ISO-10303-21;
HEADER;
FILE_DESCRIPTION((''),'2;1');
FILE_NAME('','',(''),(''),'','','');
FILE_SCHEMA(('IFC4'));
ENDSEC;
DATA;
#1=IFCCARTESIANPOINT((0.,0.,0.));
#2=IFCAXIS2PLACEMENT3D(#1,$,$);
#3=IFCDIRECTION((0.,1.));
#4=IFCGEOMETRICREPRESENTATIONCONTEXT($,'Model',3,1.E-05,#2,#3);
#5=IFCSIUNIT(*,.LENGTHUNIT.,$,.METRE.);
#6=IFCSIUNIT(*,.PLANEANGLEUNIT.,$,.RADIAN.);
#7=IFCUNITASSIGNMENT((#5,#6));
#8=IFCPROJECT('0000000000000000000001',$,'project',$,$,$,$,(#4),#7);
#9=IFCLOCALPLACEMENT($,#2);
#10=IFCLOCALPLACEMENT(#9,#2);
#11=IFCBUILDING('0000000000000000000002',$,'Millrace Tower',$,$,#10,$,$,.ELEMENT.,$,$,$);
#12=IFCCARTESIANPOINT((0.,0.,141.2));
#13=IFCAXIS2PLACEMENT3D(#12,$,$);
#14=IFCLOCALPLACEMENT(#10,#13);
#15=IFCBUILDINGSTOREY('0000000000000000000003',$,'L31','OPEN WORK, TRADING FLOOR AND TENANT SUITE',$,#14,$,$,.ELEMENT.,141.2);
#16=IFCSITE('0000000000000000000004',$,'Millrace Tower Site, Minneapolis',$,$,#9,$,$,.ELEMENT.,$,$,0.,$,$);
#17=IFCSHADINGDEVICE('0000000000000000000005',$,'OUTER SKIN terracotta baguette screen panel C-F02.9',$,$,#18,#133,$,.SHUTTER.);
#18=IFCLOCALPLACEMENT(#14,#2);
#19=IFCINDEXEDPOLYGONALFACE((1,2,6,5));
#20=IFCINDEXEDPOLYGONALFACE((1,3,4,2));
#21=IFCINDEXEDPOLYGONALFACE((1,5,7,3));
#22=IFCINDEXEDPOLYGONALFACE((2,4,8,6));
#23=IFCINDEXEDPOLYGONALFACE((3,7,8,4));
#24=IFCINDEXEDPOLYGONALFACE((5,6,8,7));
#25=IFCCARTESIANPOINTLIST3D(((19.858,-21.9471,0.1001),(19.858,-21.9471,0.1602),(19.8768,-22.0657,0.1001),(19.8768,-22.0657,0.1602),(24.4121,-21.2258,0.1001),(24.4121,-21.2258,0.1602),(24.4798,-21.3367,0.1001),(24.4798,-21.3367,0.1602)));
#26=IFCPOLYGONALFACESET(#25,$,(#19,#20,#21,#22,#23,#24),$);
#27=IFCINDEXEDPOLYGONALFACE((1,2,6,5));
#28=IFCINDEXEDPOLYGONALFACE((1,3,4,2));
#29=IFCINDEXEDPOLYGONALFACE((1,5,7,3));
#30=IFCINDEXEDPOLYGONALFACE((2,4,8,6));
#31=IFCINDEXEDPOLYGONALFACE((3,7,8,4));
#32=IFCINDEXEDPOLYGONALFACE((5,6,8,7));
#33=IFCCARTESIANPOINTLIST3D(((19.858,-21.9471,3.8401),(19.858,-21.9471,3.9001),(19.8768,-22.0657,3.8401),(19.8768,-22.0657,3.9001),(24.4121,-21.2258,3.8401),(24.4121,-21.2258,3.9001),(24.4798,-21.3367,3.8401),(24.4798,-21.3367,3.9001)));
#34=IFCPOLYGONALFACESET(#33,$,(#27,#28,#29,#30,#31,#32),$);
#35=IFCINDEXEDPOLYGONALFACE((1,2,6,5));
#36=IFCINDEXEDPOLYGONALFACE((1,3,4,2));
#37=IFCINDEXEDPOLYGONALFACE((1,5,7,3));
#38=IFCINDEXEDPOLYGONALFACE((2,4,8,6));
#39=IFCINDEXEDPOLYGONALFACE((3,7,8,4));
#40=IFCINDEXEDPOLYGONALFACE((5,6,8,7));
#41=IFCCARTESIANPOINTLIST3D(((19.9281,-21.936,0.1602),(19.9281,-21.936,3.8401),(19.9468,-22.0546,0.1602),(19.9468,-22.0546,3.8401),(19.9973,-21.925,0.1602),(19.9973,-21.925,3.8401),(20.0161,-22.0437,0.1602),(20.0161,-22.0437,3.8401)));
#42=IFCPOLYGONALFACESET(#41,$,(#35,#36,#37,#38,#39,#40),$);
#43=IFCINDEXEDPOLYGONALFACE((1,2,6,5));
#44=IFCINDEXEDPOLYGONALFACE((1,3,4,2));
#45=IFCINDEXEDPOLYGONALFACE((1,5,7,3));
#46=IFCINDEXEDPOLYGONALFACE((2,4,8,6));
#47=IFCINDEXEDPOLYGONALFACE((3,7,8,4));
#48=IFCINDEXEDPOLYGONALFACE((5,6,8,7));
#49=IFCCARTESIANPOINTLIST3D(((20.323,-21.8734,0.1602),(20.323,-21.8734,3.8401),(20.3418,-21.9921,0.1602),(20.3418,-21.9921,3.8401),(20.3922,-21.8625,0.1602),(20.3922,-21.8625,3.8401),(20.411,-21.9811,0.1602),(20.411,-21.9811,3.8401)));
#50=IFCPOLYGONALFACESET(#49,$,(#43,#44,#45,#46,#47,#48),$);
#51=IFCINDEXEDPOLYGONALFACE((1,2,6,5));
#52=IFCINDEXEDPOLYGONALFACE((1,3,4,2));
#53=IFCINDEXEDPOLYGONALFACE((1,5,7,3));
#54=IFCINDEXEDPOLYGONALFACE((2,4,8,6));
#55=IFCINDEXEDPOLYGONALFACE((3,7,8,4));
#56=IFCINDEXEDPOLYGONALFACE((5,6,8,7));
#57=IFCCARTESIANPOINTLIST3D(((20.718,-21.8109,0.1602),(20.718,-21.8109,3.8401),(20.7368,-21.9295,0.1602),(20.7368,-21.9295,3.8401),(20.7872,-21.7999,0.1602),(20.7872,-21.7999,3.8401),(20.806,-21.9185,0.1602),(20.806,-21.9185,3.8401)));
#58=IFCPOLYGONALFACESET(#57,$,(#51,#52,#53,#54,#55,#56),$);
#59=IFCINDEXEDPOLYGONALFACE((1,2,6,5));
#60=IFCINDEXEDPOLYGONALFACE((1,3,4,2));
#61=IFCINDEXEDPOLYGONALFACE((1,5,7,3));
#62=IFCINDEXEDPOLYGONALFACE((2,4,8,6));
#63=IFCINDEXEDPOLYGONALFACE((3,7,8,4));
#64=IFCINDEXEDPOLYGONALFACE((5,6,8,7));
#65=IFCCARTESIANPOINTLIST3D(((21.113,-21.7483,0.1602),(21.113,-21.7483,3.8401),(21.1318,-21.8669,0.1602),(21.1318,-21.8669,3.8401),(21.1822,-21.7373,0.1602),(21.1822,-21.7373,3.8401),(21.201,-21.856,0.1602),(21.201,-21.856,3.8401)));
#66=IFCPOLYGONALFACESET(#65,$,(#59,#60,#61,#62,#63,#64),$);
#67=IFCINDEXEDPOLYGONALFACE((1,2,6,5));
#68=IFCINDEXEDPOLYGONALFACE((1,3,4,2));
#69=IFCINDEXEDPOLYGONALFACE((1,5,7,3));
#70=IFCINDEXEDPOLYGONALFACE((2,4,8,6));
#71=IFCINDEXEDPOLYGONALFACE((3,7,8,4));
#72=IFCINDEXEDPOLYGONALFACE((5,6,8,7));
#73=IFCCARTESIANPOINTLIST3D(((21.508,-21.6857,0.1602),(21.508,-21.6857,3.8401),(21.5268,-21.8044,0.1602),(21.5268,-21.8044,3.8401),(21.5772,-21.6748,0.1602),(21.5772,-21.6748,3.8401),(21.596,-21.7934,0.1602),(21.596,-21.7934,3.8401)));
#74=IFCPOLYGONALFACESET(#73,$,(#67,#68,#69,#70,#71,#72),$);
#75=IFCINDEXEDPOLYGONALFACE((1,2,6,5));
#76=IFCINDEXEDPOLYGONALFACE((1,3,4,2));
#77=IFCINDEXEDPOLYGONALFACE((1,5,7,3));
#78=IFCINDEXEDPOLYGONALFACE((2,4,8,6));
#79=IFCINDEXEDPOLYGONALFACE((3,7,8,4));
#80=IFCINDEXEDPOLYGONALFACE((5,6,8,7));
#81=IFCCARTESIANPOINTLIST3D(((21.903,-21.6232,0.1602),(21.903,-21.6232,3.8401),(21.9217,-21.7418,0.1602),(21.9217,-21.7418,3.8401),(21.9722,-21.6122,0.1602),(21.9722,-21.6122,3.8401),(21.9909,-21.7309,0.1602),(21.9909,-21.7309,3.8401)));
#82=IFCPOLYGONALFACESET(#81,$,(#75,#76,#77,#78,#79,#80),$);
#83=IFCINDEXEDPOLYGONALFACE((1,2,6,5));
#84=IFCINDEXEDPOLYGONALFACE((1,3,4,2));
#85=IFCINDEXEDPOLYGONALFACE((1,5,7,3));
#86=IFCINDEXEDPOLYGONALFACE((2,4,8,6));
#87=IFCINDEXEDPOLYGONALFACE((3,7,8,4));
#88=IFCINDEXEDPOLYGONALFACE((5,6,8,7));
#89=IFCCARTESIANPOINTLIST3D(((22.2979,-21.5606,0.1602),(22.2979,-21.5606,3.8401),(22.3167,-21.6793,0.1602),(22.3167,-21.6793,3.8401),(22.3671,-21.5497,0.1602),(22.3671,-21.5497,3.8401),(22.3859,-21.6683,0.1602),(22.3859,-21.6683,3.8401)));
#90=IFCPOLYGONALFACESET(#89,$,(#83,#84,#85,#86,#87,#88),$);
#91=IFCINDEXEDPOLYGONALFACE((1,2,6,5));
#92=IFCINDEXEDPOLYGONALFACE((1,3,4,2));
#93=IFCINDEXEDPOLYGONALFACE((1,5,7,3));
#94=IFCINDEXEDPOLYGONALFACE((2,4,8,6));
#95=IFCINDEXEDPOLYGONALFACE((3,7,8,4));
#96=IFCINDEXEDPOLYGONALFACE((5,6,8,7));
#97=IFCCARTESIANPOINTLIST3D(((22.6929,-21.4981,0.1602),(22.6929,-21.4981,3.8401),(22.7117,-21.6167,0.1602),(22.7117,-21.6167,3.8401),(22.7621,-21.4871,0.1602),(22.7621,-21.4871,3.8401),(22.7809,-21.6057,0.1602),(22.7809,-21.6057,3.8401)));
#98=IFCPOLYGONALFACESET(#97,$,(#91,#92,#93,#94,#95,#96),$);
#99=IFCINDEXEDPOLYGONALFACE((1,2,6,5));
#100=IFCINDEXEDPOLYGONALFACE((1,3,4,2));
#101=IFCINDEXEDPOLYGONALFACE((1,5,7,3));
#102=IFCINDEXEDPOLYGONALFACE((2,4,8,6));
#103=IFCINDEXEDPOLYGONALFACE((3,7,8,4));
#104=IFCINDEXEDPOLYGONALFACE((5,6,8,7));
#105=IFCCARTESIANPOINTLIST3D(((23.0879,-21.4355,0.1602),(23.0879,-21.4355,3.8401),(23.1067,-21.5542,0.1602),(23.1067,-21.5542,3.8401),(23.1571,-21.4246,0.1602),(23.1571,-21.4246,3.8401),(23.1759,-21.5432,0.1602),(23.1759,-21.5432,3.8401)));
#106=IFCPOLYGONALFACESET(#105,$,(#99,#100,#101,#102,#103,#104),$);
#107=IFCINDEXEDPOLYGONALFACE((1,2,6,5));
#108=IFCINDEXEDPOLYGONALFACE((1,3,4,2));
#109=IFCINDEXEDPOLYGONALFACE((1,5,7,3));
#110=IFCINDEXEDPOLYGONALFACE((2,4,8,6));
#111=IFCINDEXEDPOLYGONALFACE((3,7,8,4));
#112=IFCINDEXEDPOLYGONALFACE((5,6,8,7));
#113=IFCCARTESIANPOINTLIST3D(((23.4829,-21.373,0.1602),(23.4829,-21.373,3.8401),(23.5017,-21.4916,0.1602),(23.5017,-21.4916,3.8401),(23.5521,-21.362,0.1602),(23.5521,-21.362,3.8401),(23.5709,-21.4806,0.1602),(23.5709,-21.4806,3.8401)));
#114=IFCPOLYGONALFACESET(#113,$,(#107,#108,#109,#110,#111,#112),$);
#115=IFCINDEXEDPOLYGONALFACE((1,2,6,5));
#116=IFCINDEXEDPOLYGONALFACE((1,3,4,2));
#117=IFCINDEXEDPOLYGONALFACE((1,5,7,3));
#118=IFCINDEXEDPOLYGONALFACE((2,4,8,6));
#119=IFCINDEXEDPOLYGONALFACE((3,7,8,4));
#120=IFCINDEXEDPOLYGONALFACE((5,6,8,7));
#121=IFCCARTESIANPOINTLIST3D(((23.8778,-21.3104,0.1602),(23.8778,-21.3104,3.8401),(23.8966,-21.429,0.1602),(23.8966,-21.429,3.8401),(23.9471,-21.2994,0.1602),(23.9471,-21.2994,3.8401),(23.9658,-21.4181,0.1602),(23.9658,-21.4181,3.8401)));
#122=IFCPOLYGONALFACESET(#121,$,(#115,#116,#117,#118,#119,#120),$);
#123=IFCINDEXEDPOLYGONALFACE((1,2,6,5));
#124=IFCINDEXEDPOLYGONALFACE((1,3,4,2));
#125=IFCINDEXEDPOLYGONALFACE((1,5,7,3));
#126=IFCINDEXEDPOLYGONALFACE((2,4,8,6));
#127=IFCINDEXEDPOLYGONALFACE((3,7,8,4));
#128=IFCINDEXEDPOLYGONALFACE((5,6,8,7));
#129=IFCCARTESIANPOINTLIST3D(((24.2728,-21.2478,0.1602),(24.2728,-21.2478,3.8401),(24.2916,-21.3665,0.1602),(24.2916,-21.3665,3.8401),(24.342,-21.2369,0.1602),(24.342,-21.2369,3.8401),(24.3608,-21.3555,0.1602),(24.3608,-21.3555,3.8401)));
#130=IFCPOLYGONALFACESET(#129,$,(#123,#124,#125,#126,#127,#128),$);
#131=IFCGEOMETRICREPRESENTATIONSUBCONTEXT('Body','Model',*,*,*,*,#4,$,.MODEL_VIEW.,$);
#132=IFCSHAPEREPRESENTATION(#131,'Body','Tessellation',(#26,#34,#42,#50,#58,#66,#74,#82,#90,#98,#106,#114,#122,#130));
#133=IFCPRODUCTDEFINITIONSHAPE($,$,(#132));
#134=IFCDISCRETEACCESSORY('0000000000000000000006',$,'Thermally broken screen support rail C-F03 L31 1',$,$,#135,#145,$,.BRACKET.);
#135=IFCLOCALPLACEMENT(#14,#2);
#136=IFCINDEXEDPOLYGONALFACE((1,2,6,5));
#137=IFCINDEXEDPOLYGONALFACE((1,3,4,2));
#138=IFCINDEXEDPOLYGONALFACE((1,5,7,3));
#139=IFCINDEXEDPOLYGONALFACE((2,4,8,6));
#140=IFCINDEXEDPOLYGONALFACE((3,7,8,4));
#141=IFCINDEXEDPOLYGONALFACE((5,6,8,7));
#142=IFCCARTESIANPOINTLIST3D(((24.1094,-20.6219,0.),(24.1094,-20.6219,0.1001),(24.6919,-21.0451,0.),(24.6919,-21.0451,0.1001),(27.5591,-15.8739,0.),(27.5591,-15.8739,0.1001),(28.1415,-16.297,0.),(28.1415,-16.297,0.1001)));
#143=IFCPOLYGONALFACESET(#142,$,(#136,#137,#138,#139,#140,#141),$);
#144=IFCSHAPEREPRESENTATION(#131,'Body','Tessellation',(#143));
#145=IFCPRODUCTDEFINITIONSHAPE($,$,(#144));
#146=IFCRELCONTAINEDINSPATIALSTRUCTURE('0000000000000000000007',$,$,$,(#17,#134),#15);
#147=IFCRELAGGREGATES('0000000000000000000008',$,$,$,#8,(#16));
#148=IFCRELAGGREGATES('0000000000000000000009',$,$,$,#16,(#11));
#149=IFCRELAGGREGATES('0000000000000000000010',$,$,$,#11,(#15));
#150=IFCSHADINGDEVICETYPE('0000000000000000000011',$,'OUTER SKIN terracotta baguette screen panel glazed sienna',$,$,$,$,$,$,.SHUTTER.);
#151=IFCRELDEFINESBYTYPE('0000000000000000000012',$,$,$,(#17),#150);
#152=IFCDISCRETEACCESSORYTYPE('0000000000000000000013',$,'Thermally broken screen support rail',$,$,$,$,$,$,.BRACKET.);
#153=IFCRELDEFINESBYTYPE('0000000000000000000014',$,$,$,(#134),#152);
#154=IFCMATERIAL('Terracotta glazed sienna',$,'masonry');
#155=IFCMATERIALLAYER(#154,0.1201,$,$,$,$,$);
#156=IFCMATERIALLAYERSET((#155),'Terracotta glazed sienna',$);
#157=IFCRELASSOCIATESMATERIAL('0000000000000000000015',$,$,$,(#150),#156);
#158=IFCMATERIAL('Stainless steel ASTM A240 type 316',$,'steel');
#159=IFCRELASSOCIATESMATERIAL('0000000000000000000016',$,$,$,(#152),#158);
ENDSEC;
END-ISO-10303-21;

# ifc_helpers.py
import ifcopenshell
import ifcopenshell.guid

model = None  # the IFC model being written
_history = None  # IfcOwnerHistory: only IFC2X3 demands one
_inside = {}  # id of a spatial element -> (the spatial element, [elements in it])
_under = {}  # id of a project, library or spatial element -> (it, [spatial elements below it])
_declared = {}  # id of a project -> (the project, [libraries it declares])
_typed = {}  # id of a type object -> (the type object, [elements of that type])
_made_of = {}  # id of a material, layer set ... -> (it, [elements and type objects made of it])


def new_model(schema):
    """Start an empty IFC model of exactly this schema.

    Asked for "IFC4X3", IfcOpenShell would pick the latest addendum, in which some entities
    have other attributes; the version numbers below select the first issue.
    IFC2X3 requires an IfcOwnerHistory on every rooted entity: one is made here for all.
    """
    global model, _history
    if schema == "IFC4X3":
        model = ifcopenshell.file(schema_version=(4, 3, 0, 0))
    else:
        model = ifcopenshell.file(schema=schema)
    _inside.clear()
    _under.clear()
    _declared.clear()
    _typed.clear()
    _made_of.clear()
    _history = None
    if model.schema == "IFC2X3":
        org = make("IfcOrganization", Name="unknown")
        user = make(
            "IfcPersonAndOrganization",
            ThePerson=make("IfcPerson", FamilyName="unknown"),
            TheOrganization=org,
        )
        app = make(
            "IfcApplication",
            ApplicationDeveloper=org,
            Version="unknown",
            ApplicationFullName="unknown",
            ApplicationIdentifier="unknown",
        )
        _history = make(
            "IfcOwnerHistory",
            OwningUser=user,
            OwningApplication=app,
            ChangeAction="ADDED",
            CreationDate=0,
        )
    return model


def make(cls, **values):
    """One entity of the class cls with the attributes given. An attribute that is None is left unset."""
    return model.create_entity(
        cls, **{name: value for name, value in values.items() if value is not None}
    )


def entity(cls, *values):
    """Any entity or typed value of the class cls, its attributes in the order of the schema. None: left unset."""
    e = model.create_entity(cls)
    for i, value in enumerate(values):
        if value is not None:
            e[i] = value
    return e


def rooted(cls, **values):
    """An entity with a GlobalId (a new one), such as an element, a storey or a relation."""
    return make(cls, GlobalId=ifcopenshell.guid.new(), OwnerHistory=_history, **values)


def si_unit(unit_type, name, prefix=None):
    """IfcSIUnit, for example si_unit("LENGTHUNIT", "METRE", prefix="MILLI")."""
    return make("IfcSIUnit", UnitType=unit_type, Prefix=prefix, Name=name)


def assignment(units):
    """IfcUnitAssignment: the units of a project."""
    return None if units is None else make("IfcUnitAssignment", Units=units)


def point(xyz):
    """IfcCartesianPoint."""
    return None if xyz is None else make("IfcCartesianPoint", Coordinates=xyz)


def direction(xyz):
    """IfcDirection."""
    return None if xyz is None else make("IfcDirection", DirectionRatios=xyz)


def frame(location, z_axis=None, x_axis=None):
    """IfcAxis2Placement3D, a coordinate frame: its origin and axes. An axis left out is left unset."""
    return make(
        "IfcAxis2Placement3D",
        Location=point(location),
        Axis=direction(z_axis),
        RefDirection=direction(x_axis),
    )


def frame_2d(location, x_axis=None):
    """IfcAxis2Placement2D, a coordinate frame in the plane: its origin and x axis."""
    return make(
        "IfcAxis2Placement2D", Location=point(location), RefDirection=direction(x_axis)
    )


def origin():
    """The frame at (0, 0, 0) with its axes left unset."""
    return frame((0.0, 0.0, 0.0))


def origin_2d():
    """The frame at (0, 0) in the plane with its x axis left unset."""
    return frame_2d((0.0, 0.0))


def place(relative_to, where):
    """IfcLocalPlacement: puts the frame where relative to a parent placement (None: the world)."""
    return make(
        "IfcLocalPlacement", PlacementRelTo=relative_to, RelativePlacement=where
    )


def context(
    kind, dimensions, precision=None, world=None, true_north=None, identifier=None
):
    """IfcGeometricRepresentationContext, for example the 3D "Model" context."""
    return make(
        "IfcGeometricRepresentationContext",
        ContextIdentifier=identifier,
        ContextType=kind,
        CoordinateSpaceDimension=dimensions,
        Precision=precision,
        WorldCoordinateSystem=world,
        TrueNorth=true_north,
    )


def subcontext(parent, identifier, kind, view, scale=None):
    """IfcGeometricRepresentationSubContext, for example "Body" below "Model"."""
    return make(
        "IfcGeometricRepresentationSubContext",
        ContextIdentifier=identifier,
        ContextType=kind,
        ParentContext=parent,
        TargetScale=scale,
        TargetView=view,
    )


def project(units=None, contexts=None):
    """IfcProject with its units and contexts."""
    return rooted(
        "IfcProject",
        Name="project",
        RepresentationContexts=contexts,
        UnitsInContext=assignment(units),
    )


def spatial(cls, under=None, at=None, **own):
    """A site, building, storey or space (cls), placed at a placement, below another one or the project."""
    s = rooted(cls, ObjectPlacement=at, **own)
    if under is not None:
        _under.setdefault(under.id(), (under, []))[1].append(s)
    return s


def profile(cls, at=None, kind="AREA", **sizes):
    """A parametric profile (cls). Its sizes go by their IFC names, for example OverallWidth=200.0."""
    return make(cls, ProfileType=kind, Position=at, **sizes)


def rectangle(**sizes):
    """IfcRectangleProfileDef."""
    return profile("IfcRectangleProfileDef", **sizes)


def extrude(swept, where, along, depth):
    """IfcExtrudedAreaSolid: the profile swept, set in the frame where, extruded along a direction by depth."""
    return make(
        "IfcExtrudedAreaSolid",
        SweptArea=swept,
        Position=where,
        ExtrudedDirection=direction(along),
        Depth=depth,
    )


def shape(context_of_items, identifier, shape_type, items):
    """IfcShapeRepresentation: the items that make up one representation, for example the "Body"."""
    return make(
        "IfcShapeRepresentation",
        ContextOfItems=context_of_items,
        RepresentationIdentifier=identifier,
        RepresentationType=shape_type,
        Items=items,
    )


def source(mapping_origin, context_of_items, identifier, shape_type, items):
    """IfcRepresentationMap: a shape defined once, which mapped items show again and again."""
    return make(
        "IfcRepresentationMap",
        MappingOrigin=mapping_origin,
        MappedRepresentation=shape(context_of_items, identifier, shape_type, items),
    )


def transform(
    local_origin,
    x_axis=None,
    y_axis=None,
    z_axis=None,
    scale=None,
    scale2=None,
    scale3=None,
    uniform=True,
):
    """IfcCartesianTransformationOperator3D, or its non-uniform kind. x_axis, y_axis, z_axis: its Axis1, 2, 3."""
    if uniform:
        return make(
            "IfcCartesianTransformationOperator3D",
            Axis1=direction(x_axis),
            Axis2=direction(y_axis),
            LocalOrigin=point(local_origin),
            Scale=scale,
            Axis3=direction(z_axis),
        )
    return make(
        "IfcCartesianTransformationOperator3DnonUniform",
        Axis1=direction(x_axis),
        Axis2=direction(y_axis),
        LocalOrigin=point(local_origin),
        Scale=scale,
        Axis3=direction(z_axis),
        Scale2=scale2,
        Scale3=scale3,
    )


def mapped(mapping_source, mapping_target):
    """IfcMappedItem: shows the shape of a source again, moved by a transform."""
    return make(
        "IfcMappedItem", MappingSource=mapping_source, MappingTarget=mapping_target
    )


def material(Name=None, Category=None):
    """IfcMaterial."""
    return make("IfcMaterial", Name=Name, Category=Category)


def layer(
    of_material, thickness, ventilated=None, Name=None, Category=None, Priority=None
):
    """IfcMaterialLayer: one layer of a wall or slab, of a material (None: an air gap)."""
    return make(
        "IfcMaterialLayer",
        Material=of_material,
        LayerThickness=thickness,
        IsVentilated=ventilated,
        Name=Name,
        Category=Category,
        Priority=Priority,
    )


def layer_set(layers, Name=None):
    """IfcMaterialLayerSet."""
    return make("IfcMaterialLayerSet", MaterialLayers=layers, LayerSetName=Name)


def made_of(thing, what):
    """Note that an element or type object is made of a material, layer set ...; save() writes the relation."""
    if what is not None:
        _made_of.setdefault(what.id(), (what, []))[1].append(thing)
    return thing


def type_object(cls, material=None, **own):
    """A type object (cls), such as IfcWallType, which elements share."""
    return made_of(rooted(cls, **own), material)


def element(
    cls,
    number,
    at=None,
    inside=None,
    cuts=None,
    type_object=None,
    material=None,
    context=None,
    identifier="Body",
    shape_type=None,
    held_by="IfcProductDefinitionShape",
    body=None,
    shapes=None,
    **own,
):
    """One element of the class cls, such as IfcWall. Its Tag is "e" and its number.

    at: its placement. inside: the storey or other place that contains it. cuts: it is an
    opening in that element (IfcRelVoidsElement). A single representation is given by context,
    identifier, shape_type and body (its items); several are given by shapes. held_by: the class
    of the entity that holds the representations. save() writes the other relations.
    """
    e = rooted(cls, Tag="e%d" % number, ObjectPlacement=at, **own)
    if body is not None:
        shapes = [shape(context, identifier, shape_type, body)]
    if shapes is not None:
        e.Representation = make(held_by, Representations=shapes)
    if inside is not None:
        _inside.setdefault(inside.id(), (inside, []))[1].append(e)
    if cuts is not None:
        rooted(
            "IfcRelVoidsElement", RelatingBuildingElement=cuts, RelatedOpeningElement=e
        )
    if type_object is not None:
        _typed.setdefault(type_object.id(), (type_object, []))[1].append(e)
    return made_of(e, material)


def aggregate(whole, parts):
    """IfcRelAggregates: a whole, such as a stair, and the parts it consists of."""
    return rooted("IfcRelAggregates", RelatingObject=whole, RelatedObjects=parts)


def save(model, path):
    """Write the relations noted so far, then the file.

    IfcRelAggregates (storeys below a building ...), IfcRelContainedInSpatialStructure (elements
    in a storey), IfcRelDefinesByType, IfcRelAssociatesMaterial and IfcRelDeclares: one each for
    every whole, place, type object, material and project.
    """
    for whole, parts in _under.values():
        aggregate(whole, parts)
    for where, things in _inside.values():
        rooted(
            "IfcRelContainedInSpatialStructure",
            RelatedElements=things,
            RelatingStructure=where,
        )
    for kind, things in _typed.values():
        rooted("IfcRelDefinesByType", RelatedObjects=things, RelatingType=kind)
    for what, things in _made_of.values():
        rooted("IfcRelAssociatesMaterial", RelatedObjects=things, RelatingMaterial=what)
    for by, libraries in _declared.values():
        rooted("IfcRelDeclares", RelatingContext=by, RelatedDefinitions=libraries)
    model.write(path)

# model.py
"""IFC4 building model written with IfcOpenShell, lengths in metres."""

from ifc_helpers import new_model, entity, si_unit, direction, frame, frame_2d, origin, origin_2d, place, context, subcontext, project, spatial, rectangle, extrude, source, transform, mapped, material, layer, layer_set, type_object, element, save


model = new_model("IFC4")

# Units and contexts
model_context = context("Model", 3, precision=1e-05, world=origin(), true_north=direction((0.0, 1.0)))
body_context = subcontext(model_context, "Body", "Model", "MODEL_VIEW")
ifc_project = project(units=[si_unit("LENGTHUNIT", "METRE"), si_unit("PLANEANGLEUNIT", "RADIAN")], contexts=[model_context])

# Site, building, storey
site_placement = place(None, origin())
site = spatial("IfcSite", under=ifc_project, at=site_placement, Name="Millrace Tower Site, Minneapolis", CompositionType="ELEMENT", RefElevation=0.0)
building_placement = place(site_placement, origin())
building = spatial("IfcBuilding", under=site, at=building_placement, Name="Millrace Tower", CompositionType="ELEMENT")
storey_placement = place(building_placement, frame((0.0, 0.0, 141.2)))
storey = spatial("IfcBuildingStorey", under=building, at=storey_placement, Name="L31", Description="OPEN WORK, TRADING FLOOR AND TENANT SUITE", CompositionType="ELEMENT", Elevation=141.2)

# Shading device
ifc_material_1 = material(Name="Terracotta glazed sienna", Category="masonry")
ifc_layer_1 = layer(ifc_material_1, 0.1201)
ifc_layer_set_1 = layer_set([ifc_layer_1], Name="Terracotta glazed sienna")
shading_device_type = type_object("IfcShadingDeviceType", Name="OUTER SKIN terracotta baguette screen panel glazed sienna", PredefinedType="SHUTTER", material=ifc_layer_set_1)
cartesian_point_1 = entity("IfcCartesianPoint", [-2.3179, 0.0601])
shared_polyline_1 = entity("IfcPolyline", [cartesian_point_1, entity("IfcCartesianPoint", [2.293, 0.0601]), entity("IfcCartesianPoint", [2.3425, -0.0601]), entity("IfcCartesianPoint", [-2.3179, -0.0601]), cartesian_point_1])
shared_shape_1 = source(origin(), body_context, "Body", "SweptSolid", [
    entity("IfcExtrudedAreaSolid", entity("IfcArbitraryClosedProfileDef", "AREA", None, shared_polyline_1), entity("IfcAxis2Placement3D", entity("IfcCartesianPoint", [0.0, 0.0, 0.0])), entity("IfcDirection", [0.0, 0.0, 1.0]), 0.0601),
    entity("IfcExtrudedAreaSolid", entity("IfcArbitraryClosedProfileDef", "AREA", None, shared_polyline_1), entity("IfcAxis2Placement3D", entity("IfcCartesianPoint", [0.0, 0.0, 3.74])), entity("IfcDirection", [0.0, 0.0, 1.0]), 0.0601),
    extrude(rectangle(XDim=0.0701, YDim=0.1201, at=frame_2d((-2.2119, 0.0))), frame((0.0, 0.0, 0.0601)), (0.0, 0.0, 1.0), 3.6799),
    extrude(rectangle(XDim=0.0701, YDim=0.1201, at=frame_2d((-1.812, 0.0))), frame((0.0, 0.0, 0.0601)), (0.0, 0.0, 1.0), 3.6799),
    extrude(rectangle(XDim=0.0701, YDim=0.1201, at=frame_2d((-1.4121, 0.0))), frame((0.0, 0.0, 0.0601)), (0.0, 0.0, 1.0), 3.6799),
    extrude(rectangle(XDim=0.0701, YDim=0.1201, at=frame_2d((-1.0122, 0.0))), frame((0.0, 0.0, 0.0601)), (0.0, 0.0, 1.0), 3.6799),
    extrude(rectangle(XDim=0.0701, YDim=0.1201, at=frame_2d((-0.6123, 0.0))), frame((0.0, 0.0, 0.0601)), (0.0, 0.0, 1.0), 3.6799),
    extrude(rectangle(XDim=0.0701, YDim=0.1201, at=frame_2d((-0.2124, 0.0))), frame((0.0, 0.0, 0.0601)), (0.0, 0.0, 1.0), 3.6799),
    extrude(rectangle(XDim=0.0701, YDim=0.1201, at=frame_2d((0.1875, 0.0))), frame((0.0, 0.0, 0.0601)), (0.0, 0.0, 1.0), 3.6799),
    extrude(rectangle(XDim=0.0701, YDim=0.1201, at=frame_2d((0.5874, 0.0))), frame((0.0, 0.0, 0.0601)), (0.0, 0.0, 1.0), 3.6799),
    extrude(rectangle(XDim=0.0701, YDim=0.1201, at=frame_2d((0.9873, 0.0))), frame((0.0, 0.0, 0.0601)), (0.0, 0.0, 1.0), 3.6799),
    extrude(rectangle(XDim=0.0701, YDim=0.1201, at=frame_2d((1.3872, 0.0))), frame((0.0, 0.0, 0.0601)), (0.0, 0.0, 1.0), 3.6799),
    extrude(rectangle(XDim=0.0701, YDim=0.1201, at=frame_2d((1.7871, 0.0))), frame((0.0, 0.0, 0.0601)), (0.0, 0.0, 1.0), 3.6799),
    extrude(rectangle(XDim=0.0701, YDim=0.1201, at=frame_2d((2.187, 0.0))), frame((0.0, 0.0, 0.0601)), (0.0, 0.0, 1.0), 3.6799),
])
shading_device_1_placement = place(storey_placement, frame((22.1567, -21.6438, 0.1001), z_axis=(0.0, 0.0, 1.0), x_axis=(0.987688, 0.156434, 0.0)))
element("IfcShadingDevice", 1, at=shading_device_1_placement, inside=storey, type_object=shading_device_type, Name="OUTER SKIN terracotta baguette screen panel C-F02.9", PredefinedType="SHUTTER", context=body_context, shape_type="MappedRepresentation", body=[
    mapped(shared_shape_1, transform((0.0, 0.0, 0.0), scale=1.0)),
])

# Discrete accessory
ifc_material_2 = material(Name="Stainless steel ASTM A240 type 316", Category="steel")
discrete_accessory_type = type_object("IfcDiscreteAccessoryType", Name="Thermally broken screen support rail", PredefinedType="BRACKET", material=ifc_material_2)
discrete_accessory_placement = place(storey_placement, frame((26.1255, -18.4595, 0.0), z_axis=(0.0, 0.0, 1.0), x_axis=(0.587785, 0.809017, 0.0)))
element("IfcDiscreteAccessory", 2, at=discrete_accessory_placement, inside=storey, type_object=discrete_accessory_type, Name="Thermally broken screen support rail C-F03 L31 1", PredefinedType="BRACKET", context=body_context, shape_type="SweptSolid", body=[
    extrude(rectangle(XDim=5.8689, YDim=0.72, at=origin_2d()), origin(), (0.0, 0.0, 1.0), 0.1001),
])

save(model, "model.ifc")
